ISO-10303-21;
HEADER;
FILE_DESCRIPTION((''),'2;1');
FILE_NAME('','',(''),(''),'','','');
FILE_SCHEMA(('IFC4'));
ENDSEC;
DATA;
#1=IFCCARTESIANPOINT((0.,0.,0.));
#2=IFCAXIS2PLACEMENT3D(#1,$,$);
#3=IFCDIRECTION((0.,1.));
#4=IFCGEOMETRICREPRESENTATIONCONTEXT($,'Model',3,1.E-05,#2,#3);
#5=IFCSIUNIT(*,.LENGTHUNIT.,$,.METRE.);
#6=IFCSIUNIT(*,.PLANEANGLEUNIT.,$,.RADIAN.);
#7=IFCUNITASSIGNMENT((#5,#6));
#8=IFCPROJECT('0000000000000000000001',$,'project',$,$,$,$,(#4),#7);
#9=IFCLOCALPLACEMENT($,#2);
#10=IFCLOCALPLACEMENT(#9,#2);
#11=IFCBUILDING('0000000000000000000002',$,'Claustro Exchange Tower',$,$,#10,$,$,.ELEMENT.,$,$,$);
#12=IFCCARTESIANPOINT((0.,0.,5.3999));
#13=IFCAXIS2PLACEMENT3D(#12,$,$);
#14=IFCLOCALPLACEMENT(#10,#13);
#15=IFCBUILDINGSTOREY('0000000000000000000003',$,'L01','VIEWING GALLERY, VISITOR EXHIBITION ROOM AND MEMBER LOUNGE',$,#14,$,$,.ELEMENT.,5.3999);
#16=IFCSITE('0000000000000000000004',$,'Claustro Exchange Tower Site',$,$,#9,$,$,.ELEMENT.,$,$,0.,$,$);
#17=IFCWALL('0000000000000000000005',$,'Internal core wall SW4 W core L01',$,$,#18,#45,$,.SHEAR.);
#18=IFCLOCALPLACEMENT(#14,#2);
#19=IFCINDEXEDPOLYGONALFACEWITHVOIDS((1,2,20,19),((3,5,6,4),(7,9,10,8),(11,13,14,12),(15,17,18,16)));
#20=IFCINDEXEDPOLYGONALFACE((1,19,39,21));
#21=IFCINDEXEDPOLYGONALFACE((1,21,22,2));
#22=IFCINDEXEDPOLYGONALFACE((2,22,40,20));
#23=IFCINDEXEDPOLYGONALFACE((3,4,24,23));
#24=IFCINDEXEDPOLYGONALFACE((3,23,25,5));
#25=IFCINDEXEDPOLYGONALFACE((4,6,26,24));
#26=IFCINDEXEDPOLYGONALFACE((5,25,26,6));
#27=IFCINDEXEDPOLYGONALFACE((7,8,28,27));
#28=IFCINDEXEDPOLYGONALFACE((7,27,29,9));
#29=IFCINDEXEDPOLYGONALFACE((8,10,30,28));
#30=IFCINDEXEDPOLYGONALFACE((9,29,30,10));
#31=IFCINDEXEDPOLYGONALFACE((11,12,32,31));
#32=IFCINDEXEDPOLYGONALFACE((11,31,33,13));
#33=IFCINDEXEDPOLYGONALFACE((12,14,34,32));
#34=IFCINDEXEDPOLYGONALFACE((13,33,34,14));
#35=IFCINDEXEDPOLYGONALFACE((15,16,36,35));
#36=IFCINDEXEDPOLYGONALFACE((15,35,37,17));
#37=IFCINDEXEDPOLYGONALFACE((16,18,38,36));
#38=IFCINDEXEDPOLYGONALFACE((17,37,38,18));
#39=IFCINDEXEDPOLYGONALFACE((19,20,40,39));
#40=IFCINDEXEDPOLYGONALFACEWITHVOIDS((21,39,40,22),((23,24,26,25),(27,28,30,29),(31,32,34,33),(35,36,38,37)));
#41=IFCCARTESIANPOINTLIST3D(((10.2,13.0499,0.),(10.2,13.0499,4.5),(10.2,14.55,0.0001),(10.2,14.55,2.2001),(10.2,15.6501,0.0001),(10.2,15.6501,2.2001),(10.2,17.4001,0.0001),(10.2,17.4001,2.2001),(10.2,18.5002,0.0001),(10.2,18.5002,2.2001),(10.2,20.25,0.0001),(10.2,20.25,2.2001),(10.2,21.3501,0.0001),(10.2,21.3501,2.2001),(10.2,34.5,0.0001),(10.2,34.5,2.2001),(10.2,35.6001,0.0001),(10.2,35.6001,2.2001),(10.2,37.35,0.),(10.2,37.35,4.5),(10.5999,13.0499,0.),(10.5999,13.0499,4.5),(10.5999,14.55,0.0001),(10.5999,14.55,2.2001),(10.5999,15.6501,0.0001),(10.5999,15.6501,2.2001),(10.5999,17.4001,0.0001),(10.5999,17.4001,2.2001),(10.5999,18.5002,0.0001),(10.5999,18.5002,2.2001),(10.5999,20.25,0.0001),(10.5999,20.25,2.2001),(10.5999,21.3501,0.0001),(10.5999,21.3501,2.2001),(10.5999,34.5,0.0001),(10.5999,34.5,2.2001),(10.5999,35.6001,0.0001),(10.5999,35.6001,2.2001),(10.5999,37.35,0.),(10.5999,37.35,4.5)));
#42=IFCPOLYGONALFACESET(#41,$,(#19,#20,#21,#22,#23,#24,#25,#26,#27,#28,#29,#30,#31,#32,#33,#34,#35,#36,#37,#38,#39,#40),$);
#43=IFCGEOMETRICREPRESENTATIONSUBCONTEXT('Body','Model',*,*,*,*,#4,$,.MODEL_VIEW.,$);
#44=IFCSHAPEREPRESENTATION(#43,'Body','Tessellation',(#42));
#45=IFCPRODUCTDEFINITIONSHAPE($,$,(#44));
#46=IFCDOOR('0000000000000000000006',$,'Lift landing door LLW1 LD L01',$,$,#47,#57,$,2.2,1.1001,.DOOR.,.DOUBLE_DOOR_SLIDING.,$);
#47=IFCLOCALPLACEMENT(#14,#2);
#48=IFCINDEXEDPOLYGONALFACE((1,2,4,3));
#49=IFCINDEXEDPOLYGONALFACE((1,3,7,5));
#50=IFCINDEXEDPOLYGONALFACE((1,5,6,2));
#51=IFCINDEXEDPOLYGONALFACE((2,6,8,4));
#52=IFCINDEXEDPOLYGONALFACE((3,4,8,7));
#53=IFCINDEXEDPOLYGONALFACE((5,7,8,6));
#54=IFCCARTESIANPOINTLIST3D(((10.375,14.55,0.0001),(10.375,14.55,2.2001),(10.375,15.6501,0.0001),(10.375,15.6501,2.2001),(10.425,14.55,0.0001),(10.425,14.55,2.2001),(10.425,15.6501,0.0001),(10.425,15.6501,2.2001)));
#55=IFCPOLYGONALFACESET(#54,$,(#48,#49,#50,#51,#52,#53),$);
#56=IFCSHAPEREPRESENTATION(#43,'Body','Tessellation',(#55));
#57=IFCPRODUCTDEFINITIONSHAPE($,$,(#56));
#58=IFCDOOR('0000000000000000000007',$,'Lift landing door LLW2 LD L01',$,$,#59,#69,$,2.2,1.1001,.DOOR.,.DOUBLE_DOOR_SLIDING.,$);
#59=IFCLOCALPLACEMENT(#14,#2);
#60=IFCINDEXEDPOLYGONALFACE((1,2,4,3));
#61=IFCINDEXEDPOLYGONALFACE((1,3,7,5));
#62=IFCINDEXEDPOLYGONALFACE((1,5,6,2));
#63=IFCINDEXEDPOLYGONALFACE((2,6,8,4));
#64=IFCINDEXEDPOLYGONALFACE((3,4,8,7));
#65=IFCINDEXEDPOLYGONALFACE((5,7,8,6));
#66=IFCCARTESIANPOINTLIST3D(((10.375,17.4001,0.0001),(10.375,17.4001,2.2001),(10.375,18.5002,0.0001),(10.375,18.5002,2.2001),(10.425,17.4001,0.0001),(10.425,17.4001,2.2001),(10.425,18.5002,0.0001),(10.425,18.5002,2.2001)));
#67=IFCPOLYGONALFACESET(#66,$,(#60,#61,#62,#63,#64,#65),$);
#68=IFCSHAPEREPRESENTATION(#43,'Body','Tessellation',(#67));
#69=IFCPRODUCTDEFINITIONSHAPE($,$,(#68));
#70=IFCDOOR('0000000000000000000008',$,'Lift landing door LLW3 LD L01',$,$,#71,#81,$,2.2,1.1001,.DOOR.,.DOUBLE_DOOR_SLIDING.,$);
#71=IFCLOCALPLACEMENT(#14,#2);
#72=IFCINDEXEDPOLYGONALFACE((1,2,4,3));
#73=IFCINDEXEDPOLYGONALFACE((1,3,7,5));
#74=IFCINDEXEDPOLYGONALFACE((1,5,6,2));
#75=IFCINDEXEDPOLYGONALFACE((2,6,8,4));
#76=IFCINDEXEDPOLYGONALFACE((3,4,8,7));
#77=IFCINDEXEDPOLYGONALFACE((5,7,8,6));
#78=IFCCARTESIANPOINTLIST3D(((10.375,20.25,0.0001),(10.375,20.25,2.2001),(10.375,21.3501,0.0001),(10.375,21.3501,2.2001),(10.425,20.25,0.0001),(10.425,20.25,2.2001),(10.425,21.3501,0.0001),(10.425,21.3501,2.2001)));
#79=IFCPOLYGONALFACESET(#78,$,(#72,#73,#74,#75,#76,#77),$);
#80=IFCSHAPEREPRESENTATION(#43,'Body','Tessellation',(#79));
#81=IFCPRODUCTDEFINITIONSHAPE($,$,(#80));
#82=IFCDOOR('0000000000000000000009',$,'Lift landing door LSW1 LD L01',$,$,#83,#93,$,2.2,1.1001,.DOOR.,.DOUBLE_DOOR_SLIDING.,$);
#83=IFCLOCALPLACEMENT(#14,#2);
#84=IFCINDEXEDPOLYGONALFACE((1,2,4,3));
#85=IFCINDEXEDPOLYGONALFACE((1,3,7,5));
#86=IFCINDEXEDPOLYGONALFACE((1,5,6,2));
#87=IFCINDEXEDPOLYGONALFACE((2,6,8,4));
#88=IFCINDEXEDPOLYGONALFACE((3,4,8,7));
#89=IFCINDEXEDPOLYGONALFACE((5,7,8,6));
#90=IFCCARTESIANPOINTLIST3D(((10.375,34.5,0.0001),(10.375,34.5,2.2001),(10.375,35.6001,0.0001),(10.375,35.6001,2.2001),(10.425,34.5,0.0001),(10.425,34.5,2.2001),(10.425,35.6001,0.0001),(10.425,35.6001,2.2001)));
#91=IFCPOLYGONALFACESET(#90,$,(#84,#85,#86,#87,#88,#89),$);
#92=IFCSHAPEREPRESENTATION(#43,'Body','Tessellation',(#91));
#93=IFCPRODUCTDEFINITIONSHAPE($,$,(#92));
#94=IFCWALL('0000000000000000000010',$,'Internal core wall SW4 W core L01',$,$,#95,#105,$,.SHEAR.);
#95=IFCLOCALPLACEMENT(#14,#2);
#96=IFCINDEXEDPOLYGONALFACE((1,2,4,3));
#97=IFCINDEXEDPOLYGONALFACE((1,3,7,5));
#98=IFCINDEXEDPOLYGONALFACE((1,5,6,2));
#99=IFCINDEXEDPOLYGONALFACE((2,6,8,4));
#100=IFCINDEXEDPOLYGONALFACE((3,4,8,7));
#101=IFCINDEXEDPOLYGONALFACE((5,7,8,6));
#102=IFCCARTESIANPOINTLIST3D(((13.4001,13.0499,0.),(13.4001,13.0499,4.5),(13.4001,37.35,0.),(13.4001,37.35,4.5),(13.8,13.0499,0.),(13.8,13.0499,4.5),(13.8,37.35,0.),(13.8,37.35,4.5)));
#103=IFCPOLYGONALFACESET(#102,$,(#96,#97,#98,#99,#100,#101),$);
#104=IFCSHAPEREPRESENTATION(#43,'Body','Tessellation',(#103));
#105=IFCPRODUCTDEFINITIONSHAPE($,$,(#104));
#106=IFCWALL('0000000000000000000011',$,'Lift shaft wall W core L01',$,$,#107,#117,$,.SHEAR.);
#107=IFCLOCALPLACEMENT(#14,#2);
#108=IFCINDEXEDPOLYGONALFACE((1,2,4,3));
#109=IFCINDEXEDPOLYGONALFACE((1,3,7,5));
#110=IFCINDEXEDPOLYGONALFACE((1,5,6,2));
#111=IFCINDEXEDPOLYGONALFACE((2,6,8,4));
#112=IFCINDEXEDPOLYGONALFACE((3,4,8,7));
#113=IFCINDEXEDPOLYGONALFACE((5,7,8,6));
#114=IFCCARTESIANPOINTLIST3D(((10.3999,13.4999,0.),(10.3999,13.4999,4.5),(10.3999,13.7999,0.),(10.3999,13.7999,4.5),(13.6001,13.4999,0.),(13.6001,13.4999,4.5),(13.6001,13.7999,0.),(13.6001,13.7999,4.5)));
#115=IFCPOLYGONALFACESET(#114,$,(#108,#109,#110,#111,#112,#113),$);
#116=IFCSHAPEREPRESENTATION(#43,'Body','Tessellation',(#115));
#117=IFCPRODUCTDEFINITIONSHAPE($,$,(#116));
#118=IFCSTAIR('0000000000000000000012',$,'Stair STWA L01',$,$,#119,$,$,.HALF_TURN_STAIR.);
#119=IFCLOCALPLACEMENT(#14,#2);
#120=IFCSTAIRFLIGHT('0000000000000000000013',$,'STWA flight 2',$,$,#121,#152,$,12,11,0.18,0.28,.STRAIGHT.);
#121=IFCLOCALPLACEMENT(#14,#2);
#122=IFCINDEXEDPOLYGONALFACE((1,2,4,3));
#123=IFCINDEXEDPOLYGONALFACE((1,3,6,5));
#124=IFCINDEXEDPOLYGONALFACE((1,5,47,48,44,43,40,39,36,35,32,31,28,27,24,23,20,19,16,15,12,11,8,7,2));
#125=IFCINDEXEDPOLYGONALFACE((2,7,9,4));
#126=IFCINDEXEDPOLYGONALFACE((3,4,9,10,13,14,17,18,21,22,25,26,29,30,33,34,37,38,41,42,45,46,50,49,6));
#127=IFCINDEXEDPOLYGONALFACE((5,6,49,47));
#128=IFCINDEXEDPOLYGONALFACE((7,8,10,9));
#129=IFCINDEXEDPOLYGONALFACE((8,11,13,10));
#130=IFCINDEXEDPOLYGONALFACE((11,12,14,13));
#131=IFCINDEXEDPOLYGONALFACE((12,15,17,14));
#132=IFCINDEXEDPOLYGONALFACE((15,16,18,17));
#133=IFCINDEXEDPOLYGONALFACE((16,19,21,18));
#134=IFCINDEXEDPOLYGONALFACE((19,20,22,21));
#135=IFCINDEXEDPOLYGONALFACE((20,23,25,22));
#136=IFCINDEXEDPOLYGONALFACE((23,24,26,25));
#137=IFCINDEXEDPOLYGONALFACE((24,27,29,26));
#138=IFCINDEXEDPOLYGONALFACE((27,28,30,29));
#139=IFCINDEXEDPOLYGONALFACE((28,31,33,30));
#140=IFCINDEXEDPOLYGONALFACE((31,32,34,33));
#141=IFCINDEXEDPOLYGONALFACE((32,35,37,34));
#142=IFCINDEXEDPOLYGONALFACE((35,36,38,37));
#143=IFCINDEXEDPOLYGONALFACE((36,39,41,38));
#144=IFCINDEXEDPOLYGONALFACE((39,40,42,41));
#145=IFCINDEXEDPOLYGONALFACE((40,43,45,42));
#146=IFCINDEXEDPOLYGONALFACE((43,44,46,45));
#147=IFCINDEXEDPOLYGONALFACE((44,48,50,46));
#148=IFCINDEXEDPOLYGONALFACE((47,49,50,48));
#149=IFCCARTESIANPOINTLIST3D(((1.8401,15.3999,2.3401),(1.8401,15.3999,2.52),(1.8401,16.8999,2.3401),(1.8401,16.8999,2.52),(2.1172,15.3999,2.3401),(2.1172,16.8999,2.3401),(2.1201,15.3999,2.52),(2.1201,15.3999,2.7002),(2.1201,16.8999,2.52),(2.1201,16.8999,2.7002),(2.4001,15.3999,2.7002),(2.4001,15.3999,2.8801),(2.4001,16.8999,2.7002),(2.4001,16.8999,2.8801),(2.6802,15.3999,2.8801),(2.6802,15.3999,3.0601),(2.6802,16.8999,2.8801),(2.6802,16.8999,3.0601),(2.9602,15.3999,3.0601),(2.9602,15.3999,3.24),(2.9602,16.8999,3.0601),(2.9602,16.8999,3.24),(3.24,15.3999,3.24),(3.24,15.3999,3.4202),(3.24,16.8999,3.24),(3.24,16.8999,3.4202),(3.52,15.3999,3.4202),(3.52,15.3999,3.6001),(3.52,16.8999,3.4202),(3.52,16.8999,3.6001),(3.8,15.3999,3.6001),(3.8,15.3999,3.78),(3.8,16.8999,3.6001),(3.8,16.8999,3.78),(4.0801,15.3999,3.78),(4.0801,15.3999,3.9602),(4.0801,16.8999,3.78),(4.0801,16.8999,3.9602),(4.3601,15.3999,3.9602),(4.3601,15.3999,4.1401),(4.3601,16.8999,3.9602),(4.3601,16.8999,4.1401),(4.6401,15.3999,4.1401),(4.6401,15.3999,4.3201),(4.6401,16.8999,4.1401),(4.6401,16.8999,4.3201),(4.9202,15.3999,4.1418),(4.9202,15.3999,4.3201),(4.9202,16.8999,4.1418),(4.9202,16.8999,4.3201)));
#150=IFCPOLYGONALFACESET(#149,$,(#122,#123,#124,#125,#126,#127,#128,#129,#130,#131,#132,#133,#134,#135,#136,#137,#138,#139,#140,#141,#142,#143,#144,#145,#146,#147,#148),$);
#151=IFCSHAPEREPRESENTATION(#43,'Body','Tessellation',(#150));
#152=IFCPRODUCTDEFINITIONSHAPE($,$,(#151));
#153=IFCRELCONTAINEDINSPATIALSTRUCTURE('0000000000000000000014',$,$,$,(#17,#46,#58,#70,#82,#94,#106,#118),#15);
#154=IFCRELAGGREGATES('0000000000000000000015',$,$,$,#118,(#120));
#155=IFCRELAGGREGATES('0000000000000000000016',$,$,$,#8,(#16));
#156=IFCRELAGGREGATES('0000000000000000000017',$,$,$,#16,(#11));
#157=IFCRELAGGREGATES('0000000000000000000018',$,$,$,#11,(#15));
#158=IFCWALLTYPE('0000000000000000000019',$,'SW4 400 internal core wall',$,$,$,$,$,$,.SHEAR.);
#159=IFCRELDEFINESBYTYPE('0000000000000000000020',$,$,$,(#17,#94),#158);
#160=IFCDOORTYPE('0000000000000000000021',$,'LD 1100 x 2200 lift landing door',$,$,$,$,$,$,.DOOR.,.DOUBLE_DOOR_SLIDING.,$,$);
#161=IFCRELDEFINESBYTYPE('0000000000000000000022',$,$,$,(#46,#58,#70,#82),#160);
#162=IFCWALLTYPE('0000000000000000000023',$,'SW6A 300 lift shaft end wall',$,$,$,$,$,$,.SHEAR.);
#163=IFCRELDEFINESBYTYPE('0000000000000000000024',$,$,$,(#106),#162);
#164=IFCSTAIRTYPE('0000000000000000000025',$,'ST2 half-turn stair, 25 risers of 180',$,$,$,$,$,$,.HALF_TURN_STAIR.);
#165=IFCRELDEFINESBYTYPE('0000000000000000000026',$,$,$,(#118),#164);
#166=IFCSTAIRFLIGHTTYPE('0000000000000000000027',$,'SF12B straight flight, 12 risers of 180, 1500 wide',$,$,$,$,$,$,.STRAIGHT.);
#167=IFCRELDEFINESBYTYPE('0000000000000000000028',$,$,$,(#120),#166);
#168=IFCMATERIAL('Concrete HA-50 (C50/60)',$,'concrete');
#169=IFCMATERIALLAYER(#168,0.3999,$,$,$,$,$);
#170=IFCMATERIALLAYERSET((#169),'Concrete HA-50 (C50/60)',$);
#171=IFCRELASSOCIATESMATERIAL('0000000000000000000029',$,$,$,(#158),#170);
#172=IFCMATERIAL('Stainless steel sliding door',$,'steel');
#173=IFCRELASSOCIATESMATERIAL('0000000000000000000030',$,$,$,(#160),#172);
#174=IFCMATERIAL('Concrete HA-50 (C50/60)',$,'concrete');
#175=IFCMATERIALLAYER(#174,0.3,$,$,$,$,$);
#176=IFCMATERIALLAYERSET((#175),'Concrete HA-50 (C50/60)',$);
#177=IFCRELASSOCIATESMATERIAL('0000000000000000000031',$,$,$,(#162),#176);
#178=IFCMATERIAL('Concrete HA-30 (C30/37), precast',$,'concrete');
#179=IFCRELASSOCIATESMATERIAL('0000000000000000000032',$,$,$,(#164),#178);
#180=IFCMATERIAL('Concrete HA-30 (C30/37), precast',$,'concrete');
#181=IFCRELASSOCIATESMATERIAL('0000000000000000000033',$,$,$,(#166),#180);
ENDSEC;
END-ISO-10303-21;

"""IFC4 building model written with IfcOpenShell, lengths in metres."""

from ifc_helpers import new_model, si_unit, direction, frame, frame_2d, origin, place, context, subcontext, project, spatial, polyline, rectangle, outline, extrude, material, layer, layer_set, type_object, element, fill, aggregate, save


model = new_model("IFC4")

# Units and contexts
model_context = context("Model", 3, precision=1e-05, world=origin(), true_north=direction((0.0, 1.0)))
body_context = subcontext(model_context, "Body", "Model", "MODEL_VIEW")
ifc_project = project(units=[si_unit("LENGTHUNIT", "METRE"), si_unit("PLANEANGLEUNIT", "RADIAN")], contexts=[model_context])

# Site, building, storey
site_placement = place(None, origin())
site = spatial("IfcSite", under=ifc_project, at=site_placement, Name="Claustro Exchange Tower Site", CompositionType="ELEMENT", RefElevation=0.0)
building_placement = place(site_placement, origin())
building = spatial("IfcBuilding", under=site, at=building_placement, Name="Claustro Exchange Tower", CompositionType="ELEMENT")
storey_placement = place(building_placement, frame((0.0, 0.0, 5.3999)))
storey = spatial("IfcBuildingStorey", under=building, at=storey_placement, Name="L01", Description="VIEWING GALLERY, VISITOR EXHIBITION ROOM AND MEMBER LOUNGE", CompositionType="ELEMENT", Elevation=5.3999)

# Wall, openings, doors
ifc_material_1 = material(Name="Concrete HA-50 (C50/60)", Category="concrete")
ifc_layer_1 = layer(ifc_material_1, 0.3999)
ifc_layer_set_1 = layer_set([ifc_layer_1], Name="Concrete HA-50 (C50/60)")
wall_type_1 = type_object("IfcWallType", Name="SW4 400 internal core wall", PredefinedType="SHEAR", material=ifc_layer_set_1)
ifc_material_2 = material(Name="Stainless steel sliding door", Category="steel")
door_type_1 = type_object("IfcDoorType", Name="LD 1100 x 2200 lift landing door", OperationType="DOUBLE_DOOR_SLIDING", PredefinedType="DOOR", material=ifc_material_2)
wall_1_placement = place(storey_placement, frame((10.3999, 13.05, 0.0), z_axis=(0.0, 0.0, 1.0), x_axis=(0.0, 1.0, 0.0)))
wall_1 = element("IfcWall", 1, at=wall_1_placement, inside=storey, type_object=wall_type_1, Name="Internal core wall SW4 W core L01", PredefinedType="SHEAR", context=body_context, shape_type="SweptSolid", body=[
    extrude(rectangle(XDim=24.3, YDim=0.3999, at=frame_2d((12.1499, 0.0))), origin(), (0.0, 0.0, 1.0), 4.5),
])
opening_1_placement = place(wall_1_placement, frame((1.5, 0.0, 0.0)))
opening_1 = element("IfcOpeningElement", 2, at=opening_1_placement, cuts=wall_1, PredefinedType="OPENING", context=body_context, shape_type="SweptSolid", body=[
    extrude(rectangle(XDim=1.1001, YDim=2.2, at=frame_2d((0.55, 1.1001))), frame((0.0, 0.21, 0.0), z_axis=(0.0, -1.0, 0.0), x_axis=(1.0, 0.0, 0.0)), (0.0, 0.0, 1.0), 0.4199),
])
opening_2_placement = place(wall_1_placement, frame((4.3501, 0.0, 0.0)))
opening_2 = element("IfcOpeningElement", 3, at=opening_2_placement, cuts=wall_1, PredefinedType="OPENING", context=body_context, shape_type="SweptSolid", body=[
    extrude(rectangle(XDim=1.1001, YDim=2.2, at=frame_2d((0.55, 1.1001))), frame((0.0, 0.21, 0.0), z_axis=(0.0, -1.0, 0.0), x_axis=(1.0, 0.0, 0.0)), (0.0, 0.0, 1.0), 0.4199),
])
opening_3_placement = place(wall_1_placement, frame((7.2, 0.0, 0.0)))
opening_3 = element("IfcOpeningElement", 4, at=opening_3_placement, cuts=wall_1, PredefinedType="OPENING", context=body_context, shape_type="SweptSolid", body=[
    extrude(rectangle(XDim=1.1001, YDim=2.2, at=frame_2d((0.55, 1.1001))), frame((0.0, 0.21, 0.0), z_axis=(0.0, -1.0, 0.0), x_axis=(1.0, 0.0, 0.0)), (0.0, 0.0, 1.0), 0.4199),
])
opening_4_placement = place(wall_1_placement, frame((21.45, 0.0, 0.0)))
opening_4 = element("IfcOpeningElement", 5, at=opening_4_placement, cuts=wall_1, PredefinedType="OPENING", context=body_context, shape_type="SweptSolid", body=[
    extrude(rectangle(XDim=1.1001, YDim=2.2, at=frame_2d((0.55, 1.1001))), frame((0.0, 0.21, 0.0), z_axis=(0.0, -1.0, 0.0), x_axis=(1.0, 0.0, 0.0)), (0.0, 0.0, 1.0), 0.4199),
])
door_1_placement = place(opening_1_placement, origin())
door_1 = element("IfcDoor", 6, at=door_1_placement, inside=storey, type_object=door_type_1, Name="Lift landing door LLW1 LD L01", OperationType="DOUBLE_DOOR_SLIDING", OverallHeight=2.2, OverallWidth=1.1001, PredefinedType="DOOR", context=body_context, shape_type="SweptSolid", body=[
    extrude(rectangle(XDim=1.1001, YDim=2.2, at=frame_2d((0.55, 1.1001))), frame((0.0, 0.0249, 0.0), z_axis=(0.0, -1.0, 0.0), x_axis=(1.0, 0.0, 0.0)), (0.0, 0.0, 1.0), 0.05),
])
fill(opening_1, door_1)
door_2_placement = place(opening_2_placement, origin())
door_2 = element("IfcDoor", 7, at=door_2_placement, inside=storey, type_object=door_type_1, Name="Lift landing door LLW2 LD L01", OperationType="DOUBLE_DOOR_SLIDING", OverallHeight=2.2, OverallWidth=1.1001, PredefinedType="DOOR", context=body_context, shape_type="SweptSolid", body=[
    extrude(rectangle(XDim=1.1001, YDim=2.2, at=frame_2d((0.55, 1.1001))), frame((0.0, 0.0249, 0.0), z_axis=(0.0, -1.0, 0.0), x_axis=(1.0, 0.0, 0.0)), (0.0, 0.0, 1.0), 0.05),
])
fill(opening_2, door_2)
door_3_placement = place(opening_3_placement, origin())
door_3 = element("IfcDoor", 8, at=door_3_placement, inside=storey, type_object=door_type_1, Name="Lift landing door LLW3 LD L01", OperationType="DOUBLE_DOOR_SLIDING", OverallHeight=2.2, OverallWidth=1.1001, PredefinedType="DOOR", context=body_context, shape_type="SweptSolid", body=[
    extrude(rectangle(XDim=1.1001, YDim=2.2, at=frame_2d((0.55, 1.1001))), frame((0.0, 0.0249, 0.0), z_axis=(0.0, -1.0, 0.0), x_axis=(1.0, 0.0, 0.0)), (0.0, 0.0, 1.0), 0.05),
])
fill(opening_3, door_3)
door_4_placement = place(opening_4_placement, origin())
door_4 = element("IfcDoor", 9, at=door_4_placement, inside=storey, type_object=door_type_1, Name="Lift landing door LSW1 LD L01", OperationType="DOUBLE_DOOR_SLIDING", OverallHeight=2.2, OverallWidth=1.1001, PredefinedType="DOOR", context=body_context, shape_type="SweptSolid", body=[
    extrude(rectangle(XDim=1.1001, YDim=2.2, at=frame_2d((0.55, 1.1001))), frame((0.0, 0.0249, 0.0), z_axis=(0.0, -1.0, 0.0), x_axis=(1.0, 0.0, 0.0)), (0.0, 0.0, 1.0), 0.05),
])
fill(opening_4, door_4)

# Walls
wall_2_placement = place(storey_placement, frame((13.6001, 13.05, 0.0), z_axis=(0.0, 0.0, 1.0), x_axis=(0.0, 1.0, 0.0)))
element("IfcWall", 10, at=wall_2_placement, inside=storey, type_object=wall_type_1, Name="Internal core wall SW4 W core L01", PredefinedType="SHEAR", context=body_context, shape_type="SweptSolid", body=[
    extrude(rectangle(XDim=24.3, YDim=0.3999, at=frame_2d((12.1499, 0.0))), origin(), (0.0, 0.0, 1.0), 4.5),
])
ifc_material_3 = material(Name="Concrete HA-50 (C50/60)", Category="concrete")
ifc_layer_2 = layer(ifc_material_3, 0.3)
ifc_layer_set_2 = layer_set([ifc_layer_2], Name="Concrete HA-50 (C50/60)")
wall_type_2 = type_object("IfcWallType", Name="SW6A 300 lift shaft end wall", PredefinedType="SHEAR", material=ifc_layer_set_2)
wall_3_placement = place(storey_placement, frame((10.3999, 13.6499, 0.0), z_axis=(0.0, 0.0, 1.0), x_axis=(1.0, 0.0, 0.0)))
element("IfcWall", 11, at=wall_3_placement, inside=storey, type_object=wall_type_2, Name="Lift shaft wall W core L01", PredefinedType="SHEAR", context=body_context, shape_type="SweptSolid", body=[
    extrude(rectangle(XDim=3.2002, YDim=0.3, at=frame_2d((1.6001, 0.0))), origin(), (0.0, 0.0, 1.0), 4.5),
])

# Stair, stair flight
ifc_material_4 = material(Name="Concrete HA-30 (C30/37), precast", Category="concrete")
stair_type = type_object("IfcStairType", Name="ST2 half-turn stair, 25 risers of 180", PredefinedType="HALF_TURN_STAIR", material=ifc_material_4)
stair_placement = place(storey_placement, origin())
stair = element("IfcStair", 12, at=stair_placement, inside=storey, type_object=stair_type, Name="Stair STWA L01", PredefinedType="HALF_TURN_STAIR")
ifc_material_5 = material(Name="Concrete HA-30 (C30/37), precast", Category="concrete")
stair_flight_type_1 = type_object("IfcStairFlightType", Name="SF12B straight flight, 12 risers of 180, 1500 wide", PredefinedType="STRAIGHT", material=ifc_material_5)
stair_flight_1_placement = place(storey_placement, frame((1.8401, 16.1499, 2.3401), z_axis=(0.0, 0.0, 1.0), x_axis=(1.0, 0.0, 0.0)))
stair_flight_1 = element("IfcStairFlight", 13, at=stair_flight_1_placement, type_object=stair_flight_type_1, Name="STWA flight 2", NumberOfRisers=12, NumberOfTreads=11, PredefinedType="STRAIGHT", RiserHeight=0.18, TreadLength=0.28, context=body_context, shape_type="SweptSolid", body=[
    extrude(outline(polyline([(0.0, 0.0), (0.0, 0.1799), (0.28, 0.1799), (0.28, 0.3601), (0.5601, 0.3601), (0.5601, 0.54), (0.8401, 0.54), (0.8401, 0.72), (1.1201, 0.72), (1.1201, 0.8999), (1.3999, 0.8999), (1.3999, 1.0801), (1.6799, 1.0801), (1.6799, 1.26), (1.96, 1.26), (1.96, 1.4399), (2.24, 1.4399), (2.24, 1.6201), (2.52, 1.6201), (2.52, 1.8), (2.8, 1.8), (2.8, 1.98), (3.0801, 1.98), (3.0801, 2.1599), (3.0801, 1.8018), (0.2771, 0.0), (0.0, 0.0)])), frame((0.0, 0.75, 0.0), z_axis=(0.0, -1.0, 0.0), x_axis=(1.0, 0.0, 0.0)), (0.0, 0.0, 1.0), 1.5),
])
aggregate(stair, [stair_flight_1])

save(model, "model.ifc")
